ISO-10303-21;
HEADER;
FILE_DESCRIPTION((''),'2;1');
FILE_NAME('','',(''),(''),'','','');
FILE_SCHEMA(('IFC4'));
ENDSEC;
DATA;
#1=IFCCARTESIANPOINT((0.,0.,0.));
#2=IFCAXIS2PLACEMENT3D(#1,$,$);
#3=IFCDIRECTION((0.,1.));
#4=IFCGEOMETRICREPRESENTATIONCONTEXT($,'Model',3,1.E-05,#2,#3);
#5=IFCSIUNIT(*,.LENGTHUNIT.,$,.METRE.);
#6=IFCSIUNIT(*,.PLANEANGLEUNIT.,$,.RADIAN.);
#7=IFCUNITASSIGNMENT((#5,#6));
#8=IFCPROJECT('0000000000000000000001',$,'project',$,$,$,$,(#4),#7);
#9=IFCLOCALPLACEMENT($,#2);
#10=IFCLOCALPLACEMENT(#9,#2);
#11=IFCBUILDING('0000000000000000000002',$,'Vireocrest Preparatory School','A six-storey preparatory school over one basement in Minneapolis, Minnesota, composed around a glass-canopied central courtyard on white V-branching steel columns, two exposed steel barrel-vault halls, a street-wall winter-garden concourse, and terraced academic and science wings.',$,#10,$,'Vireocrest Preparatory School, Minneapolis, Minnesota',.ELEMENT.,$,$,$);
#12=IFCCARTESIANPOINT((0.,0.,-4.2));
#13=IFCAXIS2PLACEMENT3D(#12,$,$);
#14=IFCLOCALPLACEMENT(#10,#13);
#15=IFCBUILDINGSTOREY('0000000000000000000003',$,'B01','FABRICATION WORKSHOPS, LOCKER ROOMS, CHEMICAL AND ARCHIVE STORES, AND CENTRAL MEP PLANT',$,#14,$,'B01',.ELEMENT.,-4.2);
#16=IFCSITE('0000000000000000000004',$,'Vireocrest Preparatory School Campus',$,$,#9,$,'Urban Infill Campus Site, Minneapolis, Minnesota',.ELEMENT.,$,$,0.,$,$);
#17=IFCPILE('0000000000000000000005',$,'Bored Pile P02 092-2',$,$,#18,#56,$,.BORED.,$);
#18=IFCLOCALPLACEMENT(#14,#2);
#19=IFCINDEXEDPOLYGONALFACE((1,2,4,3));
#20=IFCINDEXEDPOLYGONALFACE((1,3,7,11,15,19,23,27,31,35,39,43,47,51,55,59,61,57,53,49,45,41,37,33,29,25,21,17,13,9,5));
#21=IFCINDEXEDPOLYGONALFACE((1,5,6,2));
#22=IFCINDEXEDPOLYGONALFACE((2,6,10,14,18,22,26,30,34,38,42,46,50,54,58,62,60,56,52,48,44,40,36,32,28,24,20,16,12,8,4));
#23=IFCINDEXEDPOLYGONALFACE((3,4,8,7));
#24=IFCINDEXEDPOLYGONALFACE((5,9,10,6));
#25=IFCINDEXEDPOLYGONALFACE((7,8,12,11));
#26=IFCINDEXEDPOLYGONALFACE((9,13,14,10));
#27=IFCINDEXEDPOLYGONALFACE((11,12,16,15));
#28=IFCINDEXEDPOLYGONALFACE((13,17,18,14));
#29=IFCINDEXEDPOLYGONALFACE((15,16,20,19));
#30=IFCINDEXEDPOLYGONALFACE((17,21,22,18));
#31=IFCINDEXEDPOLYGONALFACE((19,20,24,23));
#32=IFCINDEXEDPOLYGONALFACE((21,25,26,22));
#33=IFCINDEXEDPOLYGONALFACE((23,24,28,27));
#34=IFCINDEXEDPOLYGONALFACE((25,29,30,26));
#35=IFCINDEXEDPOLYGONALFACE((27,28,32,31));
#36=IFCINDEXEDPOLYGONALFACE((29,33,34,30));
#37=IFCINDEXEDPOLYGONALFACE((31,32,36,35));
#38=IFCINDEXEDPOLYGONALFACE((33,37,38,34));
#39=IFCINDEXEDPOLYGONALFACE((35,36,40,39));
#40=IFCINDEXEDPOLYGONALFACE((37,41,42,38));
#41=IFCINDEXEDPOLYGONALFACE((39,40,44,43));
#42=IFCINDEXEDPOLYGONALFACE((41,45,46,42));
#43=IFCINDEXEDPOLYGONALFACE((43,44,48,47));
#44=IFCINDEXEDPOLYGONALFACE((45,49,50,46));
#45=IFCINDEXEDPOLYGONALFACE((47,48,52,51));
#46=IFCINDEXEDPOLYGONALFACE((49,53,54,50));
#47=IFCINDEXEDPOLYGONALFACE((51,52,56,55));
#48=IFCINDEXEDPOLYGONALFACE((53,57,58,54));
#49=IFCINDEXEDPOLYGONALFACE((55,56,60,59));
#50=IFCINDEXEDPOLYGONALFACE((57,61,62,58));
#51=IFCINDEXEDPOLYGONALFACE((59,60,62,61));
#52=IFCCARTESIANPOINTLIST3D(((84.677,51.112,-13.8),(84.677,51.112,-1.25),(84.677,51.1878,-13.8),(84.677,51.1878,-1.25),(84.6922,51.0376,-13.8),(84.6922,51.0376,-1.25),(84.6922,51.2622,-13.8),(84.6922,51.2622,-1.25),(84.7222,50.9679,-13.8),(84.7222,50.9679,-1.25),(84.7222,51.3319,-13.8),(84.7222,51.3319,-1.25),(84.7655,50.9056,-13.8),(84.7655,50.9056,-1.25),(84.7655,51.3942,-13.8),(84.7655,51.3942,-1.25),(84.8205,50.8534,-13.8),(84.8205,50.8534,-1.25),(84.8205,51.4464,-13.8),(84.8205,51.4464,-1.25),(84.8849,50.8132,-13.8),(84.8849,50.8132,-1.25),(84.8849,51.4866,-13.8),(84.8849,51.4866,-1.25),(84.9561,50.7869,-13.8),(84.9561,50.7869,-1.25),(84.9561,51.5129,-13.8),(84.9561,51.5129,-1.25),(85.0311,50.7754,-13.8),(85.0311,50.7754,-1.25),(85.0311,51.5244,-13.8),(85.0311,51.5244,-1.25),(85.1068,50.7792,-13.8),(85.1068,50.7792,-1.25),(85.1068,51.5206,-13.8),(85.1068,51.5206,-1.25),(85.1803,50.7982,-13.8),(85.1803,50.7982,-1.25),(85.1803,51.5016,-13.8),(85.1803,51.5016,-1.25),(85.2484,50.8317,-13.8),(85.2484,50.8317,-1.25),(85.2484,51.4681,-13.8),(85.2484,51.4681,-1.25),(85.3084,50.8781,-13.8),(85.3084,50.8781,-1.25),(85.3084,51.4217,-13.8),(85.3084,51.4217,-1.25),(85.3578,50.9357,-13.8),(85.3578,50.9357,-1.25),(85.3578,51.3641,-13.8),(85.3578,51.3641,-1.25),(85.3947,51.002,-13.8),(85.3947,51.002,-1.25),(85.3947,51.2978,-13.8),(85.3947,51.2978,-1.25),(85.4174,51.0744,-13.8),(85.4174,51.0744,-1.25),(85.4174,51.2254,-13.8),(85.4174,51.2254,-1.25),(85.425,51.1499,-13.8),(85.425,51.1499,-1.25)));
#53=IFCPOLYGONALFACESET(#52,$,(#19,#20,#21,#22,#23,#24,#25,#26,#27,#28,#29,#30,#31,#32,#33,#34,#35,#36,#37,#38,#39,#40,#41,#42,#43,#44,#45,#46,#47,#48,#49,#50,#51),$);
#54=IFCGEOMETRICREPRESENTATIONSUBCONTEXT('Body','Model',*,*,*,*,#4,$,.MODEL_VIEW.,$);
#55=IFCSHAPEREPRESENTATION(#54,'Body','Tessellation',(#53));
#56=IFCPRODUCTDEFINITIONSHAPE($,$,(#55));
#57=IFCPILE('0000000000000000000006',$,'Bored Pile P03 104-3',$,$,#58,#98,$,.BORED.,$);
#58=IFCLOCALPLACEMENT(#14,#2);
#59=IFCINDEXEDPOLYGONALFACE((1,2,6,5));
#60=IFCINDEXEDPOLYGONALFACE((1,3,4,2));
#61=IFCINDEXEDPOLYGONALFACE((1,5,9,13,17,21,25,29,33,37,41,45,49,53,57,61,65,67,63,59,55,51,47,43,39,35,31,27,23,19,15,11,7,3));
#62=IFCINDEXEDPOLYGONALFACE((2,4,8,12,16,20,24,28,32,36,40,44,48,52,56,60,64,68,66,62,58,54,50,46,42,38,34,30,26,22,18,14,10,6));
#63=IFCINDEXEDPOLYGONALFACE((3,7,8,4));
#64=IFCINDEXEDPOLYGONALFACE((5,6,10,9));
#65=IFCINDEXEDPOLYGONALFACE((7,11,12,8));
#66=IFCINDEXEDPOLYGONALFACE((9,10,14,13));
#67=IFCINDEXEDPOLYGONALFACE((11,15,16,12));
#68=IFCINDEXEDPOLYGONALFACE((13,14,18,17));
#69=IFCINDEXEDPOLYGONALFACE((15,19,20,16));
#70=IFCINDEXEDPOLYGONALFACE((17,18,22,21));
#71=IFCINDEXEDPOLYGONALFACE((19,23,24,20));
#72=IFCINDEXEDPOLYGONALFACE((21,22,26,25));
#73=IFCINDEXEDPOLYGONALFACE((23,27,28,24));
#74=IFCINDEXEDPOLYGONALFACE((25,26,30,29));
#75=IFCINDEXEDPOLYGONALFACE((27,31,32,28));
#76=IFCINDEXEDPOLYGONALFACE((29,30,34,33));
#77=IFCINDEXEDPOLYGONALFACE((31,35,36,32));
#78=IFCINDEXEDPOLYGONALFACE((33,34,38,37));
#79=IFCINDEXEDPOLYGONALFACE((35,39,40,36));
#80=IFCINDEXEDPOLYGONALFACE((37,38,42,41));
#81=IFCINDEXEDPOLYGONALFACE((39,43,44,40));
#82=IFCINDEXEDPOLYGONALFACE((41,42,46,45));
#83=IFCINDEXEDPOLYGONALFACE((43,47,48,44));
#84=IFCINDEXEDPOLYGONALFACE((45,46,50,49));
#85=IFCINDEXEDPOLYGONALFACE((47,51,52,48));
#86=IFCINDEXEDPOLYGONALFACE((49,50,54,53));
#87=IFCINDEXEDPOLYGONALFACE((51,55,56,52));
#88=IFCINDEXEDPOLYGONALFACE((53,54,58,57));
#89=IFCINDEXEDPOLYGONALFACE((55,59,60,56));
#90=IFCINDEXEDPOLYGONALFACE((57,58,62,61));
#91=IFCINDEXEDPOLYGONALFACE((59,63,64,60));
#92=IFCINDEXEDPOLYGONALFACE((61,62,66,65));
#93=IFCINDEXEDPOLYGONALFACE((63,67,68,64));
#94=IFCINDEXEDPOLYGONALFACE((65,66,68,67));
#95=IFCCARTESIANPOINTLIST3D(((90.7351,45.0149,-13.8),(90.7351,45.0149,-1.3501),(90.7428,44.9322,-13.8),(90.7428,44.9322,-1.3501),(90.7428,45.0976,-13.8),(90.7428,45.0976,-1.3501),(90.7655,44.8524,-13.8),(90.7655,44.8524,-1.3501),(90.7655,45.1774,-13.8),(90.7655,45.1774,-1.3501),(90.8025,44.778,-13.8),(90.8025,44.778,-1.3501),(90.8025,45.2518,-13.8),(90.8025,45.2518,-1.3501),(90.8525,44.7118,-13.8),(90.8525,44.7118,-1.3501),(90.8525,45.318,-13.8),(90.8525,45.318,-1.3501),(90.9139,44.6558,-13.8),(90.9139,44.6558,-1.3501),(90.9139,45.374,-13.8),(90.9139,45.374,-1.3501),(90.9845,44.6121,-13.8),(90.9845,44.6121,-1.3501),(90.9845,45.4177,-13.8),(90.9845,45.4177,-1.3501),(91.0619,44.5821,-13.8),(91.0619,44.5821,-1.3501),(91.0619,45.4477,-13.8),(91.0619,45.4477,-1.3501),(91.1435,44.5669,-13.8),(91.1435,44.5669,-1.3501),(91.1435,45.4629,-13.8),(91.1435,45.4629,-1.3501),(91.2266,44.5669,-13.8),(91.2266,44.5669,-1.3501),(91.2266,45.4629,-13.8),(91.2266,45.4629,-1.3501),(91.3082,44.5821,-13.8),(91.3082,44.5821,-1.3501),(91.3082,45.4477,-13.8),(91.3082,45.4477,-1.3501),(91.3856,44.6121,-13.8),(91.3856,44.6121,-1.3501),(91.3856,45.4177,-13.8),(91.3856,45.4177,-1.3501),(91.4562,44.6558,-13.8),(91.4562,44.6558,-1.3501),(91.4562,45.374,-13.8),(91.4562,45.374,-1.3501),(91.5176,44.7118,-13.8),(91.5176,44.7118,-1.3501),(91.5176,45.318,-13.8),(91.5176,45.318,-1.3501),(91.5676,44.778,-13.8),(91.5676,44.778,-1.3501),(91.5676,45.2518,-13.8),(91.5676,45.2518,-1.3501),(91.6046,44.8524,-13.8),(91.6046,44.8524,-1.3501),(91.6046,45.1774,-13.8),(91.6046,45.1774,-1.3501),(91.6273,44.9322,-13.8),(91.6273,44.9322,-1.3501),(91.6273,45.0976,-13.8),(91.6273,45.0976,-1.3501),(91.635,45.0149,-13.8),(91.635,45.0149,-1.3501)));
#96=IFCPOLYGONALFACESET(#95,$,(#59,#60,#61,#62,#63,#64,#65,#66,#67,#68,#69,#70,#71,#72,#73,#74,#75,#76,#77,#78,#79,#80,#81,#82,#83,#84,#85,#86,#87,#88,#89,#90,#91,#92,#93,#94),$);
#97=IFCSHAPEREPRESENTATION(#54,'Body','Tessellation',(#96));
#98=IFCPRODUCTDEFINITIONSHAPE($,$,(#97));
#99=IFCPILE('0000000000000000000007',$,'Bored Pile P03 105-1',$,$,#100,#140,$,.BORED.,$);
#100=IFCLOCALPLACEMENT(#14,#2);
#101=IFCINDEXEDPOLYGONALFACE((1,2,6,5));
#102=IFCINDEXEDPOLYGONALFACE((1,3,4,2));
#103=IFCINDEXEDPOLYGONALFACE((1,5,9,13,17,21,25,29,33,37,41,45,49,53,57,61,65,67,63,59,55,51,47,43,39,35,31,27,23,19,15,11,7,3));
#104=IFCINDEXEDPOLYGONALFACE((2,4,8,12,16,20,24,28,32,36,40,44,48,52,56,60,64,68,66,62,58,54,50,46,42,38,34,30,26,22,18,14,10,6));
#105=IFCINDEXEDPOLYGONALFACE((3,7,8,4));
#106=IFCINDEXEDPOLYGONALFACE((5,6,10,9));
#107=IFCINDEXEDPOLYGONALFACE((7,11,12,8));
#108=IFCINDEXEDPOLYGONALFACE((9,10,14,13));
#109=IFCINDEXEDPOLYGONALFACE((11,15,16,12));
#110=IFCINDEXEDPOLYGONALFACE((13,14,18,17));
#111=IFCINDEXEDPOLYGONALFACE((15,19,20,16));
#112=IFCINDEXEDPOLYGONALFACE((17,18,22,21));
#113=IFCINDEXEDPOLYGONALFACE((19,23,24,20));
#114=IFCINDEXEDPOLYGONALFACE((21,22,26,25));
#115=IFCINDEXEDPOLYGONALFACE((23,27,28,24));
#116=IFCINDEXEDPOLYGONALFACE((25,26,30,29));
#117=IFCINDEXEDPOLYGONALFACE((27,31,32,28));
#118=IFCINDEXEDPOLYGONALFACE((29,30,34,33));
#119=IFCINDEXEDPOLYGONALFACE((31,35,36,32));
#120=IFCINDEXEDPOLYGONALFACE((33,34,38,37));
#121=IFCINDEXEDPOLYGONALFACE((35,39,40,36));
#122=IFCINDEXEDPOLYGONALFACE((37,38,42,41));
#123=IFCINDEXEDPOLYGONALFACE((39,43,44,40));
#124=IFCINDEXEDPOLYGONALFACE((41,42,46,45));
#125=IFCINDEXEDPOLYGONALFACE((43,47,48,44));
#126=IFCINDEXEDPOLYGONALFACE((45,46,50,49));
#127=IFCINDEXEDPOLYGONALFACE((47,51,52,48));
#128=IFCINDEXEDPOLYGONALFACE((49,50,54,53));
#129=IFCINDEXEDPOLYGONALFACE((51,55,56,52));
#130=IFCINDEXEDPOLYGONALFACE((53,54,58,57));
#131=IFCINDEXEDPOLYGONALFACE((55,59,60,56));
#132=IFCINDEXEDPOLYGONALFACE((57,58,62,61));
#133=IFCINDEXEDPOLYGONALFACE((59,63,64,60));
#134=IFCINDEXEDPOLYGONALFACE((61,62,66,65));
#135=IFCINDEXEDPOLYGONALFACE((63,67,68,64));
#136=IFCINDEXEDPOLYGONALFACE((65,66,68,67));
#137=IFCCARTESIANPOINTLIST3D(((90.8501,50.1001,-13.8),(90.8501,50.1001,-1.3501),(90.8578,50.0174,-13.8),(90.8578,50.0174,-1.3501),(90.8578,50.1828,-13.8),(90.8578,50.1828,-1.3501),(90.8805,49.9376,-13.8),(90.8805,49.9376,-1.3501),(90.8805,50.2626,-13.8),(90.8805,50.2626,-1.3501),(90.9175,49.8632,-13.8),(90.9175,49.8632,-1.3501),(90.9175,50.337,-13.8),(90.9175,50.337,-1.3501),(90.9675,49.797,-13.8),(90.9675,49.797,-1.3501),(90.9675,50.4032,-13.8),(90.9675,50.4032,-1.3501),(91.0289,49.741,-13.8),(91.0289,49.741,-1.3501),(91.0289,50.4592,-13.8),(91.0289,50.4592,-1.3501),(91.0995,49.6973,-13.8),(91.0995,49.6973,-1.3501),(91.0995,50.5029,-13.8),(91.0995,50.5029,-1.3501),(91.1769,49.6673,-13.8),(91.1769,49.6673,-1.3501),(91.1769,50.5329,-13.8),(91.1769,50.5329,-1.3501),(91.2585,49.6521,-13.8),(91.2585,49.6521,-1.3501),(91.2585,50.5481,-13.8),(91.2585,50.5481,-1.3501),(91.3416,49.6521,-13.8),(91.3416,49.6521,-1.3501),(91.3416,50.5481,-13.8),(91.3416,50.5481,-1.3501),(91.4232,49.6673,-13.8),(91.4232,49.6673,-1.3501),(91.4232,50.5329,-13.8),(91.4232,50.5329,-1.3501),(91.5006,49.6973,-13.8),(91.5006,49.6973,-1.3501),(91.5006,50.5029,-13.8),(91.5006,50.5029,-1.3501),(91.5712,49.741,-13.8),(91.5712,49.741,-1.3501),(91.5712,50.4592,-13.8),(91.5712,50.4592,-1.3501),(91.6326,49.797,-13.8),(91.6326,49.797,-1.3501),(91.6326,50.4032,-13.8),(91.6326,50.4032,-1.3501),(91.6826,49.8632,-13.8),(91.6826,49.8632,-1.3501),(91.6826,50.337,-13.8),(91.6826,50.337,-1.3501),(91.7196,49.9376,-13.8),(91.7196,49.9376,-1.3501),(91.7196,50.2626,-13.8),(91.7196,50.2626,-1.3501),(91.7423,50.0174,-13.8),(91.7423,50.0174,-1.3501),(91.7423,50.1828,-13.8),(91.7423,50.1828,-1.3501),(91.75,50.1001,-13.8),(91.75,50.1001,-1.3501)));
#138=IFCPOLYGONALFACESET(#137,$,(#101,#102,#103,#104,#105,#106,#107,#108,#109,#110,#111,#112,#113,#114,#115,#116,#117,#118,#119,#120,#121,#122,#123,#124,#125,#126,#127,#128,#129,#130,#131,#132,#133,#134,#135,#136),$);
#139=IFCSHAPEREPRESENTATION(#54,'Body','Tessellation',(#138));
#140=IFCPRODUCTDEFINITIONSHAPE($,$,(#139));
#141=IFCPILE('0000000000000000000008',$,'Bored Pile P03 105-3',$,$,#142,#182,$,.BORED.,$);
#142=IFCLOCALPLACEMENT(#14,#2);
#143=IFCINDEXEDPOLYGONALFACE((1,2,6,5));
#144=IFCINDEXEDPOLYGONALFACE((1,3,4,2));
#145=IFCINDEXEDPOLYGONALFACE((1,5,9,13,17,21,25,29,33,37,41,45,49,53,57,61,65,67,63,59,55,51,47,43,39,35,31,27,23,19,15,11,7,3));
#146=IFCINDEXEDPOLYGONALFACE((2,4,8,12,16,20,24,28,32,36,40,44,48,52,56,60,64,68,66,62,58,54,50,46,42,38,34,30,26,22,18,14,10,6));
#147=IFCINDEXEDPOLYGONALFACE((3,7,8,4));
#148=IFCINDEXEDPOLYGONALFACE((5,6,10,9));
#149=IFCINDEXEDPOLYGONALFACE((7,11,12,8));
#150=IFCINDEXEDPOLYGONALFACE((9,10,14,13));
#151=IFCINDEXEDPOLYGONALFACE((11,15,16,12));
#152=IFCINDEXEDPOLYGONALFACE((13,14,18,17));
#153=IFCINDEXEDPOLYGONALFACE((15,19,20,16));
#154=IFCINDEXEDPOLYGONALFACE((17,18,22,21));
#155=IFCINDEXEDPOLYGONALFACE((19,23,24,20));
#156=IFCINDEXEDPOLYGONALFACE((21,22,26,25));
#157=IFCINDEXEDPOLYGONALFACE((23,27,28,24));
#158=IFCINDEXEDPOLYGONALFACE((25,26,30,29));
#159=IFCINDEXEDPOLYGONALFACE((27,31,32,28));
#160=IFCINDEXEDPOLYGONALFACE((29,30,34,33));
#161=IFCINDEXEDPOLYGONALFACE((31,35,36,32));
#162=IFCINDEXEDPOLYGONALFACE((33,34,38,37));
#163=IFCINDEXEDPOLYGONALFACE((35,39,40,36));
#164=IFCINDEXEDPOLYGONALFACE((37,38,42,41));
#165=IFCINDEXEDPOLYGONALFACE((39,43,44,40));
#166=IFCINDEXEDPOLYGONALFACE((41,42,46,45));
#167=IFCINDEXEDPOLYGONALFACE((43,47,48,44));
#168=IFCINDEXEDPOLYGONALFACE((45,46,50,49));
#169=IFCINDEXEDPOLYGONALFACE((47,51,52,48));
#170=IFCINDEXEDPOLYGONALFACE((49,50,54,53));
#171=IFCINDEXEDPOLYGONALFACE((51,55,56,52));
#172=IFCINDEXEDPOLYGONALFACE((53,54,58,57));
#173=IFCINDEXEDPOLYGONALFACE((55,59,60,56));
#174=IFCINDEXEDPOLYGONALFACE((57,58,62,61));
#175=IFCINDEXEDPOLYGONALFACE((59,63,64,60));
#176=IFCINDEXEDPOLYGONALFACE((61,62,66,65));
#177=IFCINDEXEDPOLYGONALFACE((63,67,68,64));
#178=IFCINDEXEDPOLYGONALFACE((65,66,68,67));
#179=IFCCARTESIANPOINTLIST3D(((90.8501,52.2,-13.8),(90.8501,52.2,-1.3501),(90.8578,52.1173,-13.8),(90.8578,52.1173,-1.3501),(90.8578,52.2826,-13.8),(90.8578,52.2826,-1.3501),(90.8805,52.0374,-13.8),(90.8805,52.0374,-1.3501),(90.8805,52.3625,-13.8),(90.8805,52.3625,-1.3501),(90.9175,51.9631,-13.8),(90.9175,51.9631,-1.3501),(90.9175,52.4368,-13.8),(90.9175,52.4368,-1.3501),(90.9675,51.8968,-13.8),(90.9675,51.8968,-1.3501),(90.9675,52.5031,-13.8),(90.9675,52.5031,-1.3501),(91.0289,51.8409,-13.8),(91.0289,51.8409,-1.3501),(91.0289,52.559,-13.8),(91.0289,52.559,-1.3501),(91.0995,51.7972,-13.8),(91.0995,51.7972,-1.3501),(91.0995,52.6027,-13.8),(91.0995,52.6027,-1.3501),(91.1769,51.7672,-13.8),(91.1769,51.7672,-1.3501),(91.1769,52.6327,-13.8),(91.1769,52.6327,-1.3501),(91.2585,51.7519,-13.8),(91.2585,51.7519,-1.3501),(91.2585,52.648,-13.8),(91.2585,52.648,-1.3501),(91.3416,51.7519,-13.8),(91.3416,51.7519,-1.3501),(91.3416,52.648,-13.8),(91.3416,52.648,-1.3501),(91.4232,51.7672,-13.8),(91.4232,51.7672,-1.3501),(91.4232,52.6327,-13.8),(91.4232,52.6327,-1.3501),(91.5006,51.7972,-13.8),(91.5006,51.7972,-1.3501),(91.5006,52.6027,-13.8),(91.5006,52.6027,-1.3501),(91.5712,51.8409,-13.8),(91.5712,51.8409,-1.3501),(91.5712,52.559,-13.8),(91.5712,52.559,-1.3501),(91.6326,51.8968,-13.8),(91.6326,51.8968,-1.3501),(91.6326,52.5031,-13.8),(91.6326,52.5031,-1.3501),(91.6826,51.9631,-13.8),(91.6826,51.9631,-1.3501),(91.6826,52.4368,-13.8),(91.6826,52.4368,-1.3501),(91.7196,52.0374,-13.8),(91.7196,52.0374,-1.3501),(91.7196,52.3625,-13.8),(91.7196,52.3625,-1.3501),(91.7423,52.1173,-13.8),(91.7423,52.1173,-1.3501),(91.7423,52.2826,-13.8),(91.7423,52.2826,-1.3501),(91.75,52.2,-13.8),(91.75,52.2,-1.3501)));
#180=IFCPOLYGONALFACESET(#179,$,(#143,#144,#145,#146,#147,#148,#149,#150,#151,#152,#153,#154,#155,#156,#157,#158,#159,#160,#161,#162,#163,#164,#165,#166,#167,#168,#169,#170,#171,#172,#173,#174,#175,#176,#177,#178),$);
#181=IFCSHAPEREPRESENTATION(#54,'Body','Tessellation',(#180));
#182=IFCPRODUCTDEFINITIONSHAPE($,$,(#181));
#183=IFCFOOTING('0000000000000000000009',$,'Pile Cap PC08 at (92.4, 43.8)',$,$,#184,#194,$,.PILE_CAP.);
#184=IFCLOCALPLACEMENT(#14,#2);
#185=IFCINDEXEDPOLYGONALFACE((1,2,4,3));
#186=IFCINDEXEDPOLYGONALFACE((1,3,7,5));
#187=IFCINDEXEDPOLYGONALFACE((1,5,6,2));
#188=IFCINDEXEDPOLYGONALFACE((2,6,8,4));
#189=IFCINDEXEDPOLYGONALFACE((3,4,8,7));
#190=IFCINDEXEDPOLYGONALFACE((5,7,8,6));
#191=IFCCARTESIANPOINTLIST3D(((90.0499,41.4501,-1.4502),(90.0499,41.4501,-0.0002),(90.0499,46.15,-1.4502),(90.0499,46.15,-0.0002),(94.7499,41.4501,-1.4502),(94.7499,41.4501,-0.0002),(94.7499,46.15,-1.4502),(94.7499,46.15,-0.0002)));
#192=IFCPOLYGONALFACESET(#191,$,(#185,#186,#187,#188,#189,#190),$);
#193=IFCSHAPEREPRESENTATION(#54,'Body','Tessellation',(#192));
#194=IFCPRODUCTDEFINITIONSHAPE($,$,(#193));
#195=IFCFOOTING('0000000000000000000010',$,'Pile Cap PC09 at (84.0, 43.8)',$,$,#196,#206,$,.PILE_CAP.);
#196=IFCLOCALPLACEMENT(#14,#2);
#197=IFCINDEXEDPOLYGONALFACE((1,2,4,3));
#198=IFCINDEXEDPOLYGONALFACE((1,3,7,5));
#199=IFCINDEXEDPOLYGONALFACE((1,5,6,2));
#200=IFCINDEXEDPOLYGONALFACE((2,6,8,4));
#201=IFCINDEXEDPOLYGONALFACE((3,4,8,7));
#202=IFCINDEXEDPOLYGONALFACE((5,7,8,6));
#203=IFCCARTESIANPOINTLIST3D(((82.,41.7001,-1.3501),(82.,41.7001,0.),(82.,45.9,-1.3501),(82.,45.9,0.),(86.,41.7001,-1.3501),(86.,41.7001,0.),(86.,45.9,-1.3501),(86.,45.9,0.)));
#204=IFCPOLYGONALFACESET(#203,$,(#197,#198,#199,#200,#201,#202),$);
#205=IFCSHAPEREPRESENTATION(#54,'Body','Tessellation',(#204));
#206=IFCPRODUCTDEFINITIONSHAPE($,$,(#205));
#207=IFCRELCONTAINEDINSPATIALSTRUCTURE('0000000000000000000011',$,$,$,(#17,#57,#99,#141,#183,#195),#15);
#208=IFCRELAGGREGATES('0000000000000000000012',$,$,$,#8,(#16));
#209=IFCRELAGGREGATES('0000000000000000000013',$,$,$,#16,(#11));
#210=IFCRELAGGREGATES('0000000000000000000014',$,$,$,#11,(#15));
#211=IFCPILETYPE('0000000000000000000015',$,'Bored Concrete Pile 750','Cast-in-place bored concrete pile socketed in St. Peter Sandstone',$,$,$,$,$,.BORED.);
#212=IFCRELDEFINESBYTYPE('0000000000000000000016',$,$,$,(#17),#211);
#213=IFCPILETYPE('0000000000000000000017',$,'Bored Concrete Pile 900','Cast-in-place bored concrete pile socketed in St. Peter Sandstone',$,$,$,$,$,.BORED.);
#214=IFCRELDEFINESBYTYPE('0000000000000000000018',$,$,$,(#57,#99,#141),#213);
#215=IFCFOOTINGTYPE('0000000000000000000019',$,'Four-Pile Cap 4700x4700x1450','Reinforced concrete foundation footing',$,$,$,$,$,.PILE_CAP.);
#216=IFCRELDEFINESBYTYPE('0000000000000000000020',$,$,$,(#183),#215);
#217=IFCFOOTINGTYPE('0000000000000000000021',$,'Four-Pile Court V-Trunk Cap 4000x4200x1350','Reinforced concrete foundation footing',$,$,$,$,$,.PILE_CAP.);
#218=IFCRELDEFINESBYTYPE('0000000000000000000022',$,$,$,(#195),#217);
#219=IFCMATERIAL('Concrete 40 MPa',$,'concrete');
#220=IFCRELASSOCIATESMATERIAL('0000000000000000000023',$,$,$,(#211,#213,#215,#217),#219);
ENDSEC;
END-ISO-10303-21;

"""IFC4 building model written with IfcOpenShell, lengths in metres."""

from ifc_helpers import new_model, si_unit, direction, frame, origin, origin_2d, place, context, subcontext, project, spatial, rectangle, circle, extrude, material, material_profile, profile_set, type_object, element, save


model = new_model("IFC4")

# Units and contexts
model_context = context("Model", 3, precision=1e-05, world=origin(), true_north=direction((0.0, 1.0)))
body_context = subcontext(model_context, "Body", "Model", "MODEL_VIEW")
ifc_project = project(units=[si_unit("LENGTHUNIT", "METRE"), si_unit("PLANEANGLEUNIT", "RADIAN")], contexts=[model_context])

# Site, building, storey
site_placement = place(None, origin())
site = spatial("IfcSite", under=ifc_project, at=site_placement, Name="Vireocrest Preparatory School Campus", LongName="Urban Infill Campus Site, Minneapolis, Minnesota", CompositionType="ELEMENT", RefElevation=0.0)
building_placement = place(site_placement, origin())
building = spatial("IfcBuilding", under=site, at=building_placement, Name="Vireocrest Preparatory School", Description="A six-storey preparatory school over one basement in Minneapolis, Minnesota, composed around a glass-canopied central courtyard on white V-branching steel columns, two exposed steel barrel-vault halls, a street-wall winter-garden concourse, and terraced academic and science wings.", LongName="Vireocrest Preparatory School, Minneapolis, Minnesota", CompositionType="ELEMENT")
storey_placement = place(building_placement, frame((0.0, 0.0, -4.2)))
storey = spatial("IfcBuildingStorey", under=building, at=storey_placement, Name="B01", Description="FABRICATION WORKSHOPS, LOCKER ROOMS, CHEMICAL AND ARCHIVE STORES, AND CENTRAL MEP PLANT", LongName="B01", CompositionType="ELEMENT", Elevation=-4.2)

# Piles
ifc_material_1 = material(Name="Concrete 40 MPa", Category="concrete")
ifc_material_profile_1 = material_profile(ifc_material_1, circle(Radius=0.375, at=origin_2d()), Name="BORED PILE 750")
ifc_profile_set_1 = profile_set([ifc_material_profile_1], Name="Concrete 40 MPa")
pile_type_1 = type_object("IfcPileType", Name="Bored Concrete Pile 750", Description="Cast-in-place bored concrete pile socketed in St. Peter Sandstone", PredefinedType="BORED", material=ifc_profile_set_1)
for number, where, z_axis, x_axis, name in (
    (1, (85.05, 51.1499, -1.25), (0.0, 0.0, -1.0), (1.0, 0.0, 0.0), "Bored Pile P02 092-2"),
):
    element("IfcPile", number, at=place(storey_placement, frame(where, z_axis=z_axis, x_axis=x_axis)), inside=storey, type_object=pile_type_1, Name=name, PredefinedType="BORED", context=body_context, shape_type="SweptSolid", body=[
        extrude(circle(Radius=0.375, at=origin_2d()), origin(), (0.0, 0.0, 1.0), 12.55),
    ])
ifc_material_profile_2 = material_profile(ifc_material_1, circle(Radius=0.45, at=origin_2d()), Name="BORED PILE 900")
ifc_profile_set_2 = profile_set([ifc_material_profile_2], Name="Concrete 40 MPa")
pile_type_2 = type_object("IfcPileType", Name="Bored Concrete Pile 900", Description="Cast-in-place bored concrete pile socketed in St. Peter Sandstone", PredefinedType="BORED", material=ifc_profile_set_2)
for number, where, z_axis, x_axis, name in (
    (2, (91.1851, 45.0149, -1.3501), (0.0, 0.0, -1.0), (1.0, 0.0, 0.0), "Bored Pile P03 104-3"),
    (3, (91.3, 50.1001, -1.3501), (0.0, 0.0, -1.0), (1.0, 0.0, 0.0), "Bored Pile P03 105-1"),
    (4, (91.3, 52.2, -1.3501), (0.0, 0.0, -1.0), (1.0, 0.0, 0.0), "Bored Pile P03 105-3"),
):
    element("IfcPile", number, at=place(storey_placement, frame(where, z_axis=z_axis, x_axis=x_axis)), inside=storey, type_object=pile_type_2, Name=name, PredefinedType="BORED", context=body_context, shape_type="SweptSolid", body=[
        extrude(circle(Radius=0.45, at=origin_2d()), origin(), (0.0, 0.0, 1.0), 12.45),
    ])

# Footings
footing_type_1 = type_object("IfcFootingType", Name="Four-Pile Cap 4700x4700x1450", Description="Reinforced concrete foundation footing", PredefinedType="PILE_CAP", material=ifc_material_1)
footing_1_placement = place(storey_placement, frame((92.3999, 43.8, -1.4502), z_axis=(0.0, 0.0, 1.0), x_axis=(1.0, 0.0, 0.0)))
element("IfcFooting", 5, at=footing_1_placement, inside=storey, type_object=footing_type_1, Name="Pile Cap PC08 at (92.4, 43.8)", PredefinedType="PILE_CAP", context=body_context, shape_type="SweptSolid", body=[
    extrude(rectangle(XDim=4.7, YDim=4.7, at=origin_2d()), origin(), (0.0, 0.0, 1.0), 1.45),
])
footing_type_2 = type_object("IfcFootingType", Name="Four-Pile Court V-Trunk Cap 4000x4200x1350", Description="Reinforced concrete foundation footing", PredefinedType="PILE_CAP", material=ifc_material_1)
for number, where, z_axis, x_axis, name in (
    (6, (84.0, 43.8, -1.3501), (0.0, 0.0, 1.0), (1.0, 0.0, 0.0), "Pile Cap PC09 at (84.0, 43.8)"),
):
    element("IfcFooting", number, at=place(storey_placement, frame(where, z_axis=z_axis, x_axis=x_axis)), inside=storey, type_object=footing_type_2, Name=name, PredefinedType="PILE_CAP", context=body_context, shape_type="SweptSolid", body=[
        extrude(rectangle(XDim=4.0, YDim=4.2, at=origin_2d()), origin(), (0.0, 0.0, 1.0), 1.3501),
    ])

save(model, "model.ifc")
